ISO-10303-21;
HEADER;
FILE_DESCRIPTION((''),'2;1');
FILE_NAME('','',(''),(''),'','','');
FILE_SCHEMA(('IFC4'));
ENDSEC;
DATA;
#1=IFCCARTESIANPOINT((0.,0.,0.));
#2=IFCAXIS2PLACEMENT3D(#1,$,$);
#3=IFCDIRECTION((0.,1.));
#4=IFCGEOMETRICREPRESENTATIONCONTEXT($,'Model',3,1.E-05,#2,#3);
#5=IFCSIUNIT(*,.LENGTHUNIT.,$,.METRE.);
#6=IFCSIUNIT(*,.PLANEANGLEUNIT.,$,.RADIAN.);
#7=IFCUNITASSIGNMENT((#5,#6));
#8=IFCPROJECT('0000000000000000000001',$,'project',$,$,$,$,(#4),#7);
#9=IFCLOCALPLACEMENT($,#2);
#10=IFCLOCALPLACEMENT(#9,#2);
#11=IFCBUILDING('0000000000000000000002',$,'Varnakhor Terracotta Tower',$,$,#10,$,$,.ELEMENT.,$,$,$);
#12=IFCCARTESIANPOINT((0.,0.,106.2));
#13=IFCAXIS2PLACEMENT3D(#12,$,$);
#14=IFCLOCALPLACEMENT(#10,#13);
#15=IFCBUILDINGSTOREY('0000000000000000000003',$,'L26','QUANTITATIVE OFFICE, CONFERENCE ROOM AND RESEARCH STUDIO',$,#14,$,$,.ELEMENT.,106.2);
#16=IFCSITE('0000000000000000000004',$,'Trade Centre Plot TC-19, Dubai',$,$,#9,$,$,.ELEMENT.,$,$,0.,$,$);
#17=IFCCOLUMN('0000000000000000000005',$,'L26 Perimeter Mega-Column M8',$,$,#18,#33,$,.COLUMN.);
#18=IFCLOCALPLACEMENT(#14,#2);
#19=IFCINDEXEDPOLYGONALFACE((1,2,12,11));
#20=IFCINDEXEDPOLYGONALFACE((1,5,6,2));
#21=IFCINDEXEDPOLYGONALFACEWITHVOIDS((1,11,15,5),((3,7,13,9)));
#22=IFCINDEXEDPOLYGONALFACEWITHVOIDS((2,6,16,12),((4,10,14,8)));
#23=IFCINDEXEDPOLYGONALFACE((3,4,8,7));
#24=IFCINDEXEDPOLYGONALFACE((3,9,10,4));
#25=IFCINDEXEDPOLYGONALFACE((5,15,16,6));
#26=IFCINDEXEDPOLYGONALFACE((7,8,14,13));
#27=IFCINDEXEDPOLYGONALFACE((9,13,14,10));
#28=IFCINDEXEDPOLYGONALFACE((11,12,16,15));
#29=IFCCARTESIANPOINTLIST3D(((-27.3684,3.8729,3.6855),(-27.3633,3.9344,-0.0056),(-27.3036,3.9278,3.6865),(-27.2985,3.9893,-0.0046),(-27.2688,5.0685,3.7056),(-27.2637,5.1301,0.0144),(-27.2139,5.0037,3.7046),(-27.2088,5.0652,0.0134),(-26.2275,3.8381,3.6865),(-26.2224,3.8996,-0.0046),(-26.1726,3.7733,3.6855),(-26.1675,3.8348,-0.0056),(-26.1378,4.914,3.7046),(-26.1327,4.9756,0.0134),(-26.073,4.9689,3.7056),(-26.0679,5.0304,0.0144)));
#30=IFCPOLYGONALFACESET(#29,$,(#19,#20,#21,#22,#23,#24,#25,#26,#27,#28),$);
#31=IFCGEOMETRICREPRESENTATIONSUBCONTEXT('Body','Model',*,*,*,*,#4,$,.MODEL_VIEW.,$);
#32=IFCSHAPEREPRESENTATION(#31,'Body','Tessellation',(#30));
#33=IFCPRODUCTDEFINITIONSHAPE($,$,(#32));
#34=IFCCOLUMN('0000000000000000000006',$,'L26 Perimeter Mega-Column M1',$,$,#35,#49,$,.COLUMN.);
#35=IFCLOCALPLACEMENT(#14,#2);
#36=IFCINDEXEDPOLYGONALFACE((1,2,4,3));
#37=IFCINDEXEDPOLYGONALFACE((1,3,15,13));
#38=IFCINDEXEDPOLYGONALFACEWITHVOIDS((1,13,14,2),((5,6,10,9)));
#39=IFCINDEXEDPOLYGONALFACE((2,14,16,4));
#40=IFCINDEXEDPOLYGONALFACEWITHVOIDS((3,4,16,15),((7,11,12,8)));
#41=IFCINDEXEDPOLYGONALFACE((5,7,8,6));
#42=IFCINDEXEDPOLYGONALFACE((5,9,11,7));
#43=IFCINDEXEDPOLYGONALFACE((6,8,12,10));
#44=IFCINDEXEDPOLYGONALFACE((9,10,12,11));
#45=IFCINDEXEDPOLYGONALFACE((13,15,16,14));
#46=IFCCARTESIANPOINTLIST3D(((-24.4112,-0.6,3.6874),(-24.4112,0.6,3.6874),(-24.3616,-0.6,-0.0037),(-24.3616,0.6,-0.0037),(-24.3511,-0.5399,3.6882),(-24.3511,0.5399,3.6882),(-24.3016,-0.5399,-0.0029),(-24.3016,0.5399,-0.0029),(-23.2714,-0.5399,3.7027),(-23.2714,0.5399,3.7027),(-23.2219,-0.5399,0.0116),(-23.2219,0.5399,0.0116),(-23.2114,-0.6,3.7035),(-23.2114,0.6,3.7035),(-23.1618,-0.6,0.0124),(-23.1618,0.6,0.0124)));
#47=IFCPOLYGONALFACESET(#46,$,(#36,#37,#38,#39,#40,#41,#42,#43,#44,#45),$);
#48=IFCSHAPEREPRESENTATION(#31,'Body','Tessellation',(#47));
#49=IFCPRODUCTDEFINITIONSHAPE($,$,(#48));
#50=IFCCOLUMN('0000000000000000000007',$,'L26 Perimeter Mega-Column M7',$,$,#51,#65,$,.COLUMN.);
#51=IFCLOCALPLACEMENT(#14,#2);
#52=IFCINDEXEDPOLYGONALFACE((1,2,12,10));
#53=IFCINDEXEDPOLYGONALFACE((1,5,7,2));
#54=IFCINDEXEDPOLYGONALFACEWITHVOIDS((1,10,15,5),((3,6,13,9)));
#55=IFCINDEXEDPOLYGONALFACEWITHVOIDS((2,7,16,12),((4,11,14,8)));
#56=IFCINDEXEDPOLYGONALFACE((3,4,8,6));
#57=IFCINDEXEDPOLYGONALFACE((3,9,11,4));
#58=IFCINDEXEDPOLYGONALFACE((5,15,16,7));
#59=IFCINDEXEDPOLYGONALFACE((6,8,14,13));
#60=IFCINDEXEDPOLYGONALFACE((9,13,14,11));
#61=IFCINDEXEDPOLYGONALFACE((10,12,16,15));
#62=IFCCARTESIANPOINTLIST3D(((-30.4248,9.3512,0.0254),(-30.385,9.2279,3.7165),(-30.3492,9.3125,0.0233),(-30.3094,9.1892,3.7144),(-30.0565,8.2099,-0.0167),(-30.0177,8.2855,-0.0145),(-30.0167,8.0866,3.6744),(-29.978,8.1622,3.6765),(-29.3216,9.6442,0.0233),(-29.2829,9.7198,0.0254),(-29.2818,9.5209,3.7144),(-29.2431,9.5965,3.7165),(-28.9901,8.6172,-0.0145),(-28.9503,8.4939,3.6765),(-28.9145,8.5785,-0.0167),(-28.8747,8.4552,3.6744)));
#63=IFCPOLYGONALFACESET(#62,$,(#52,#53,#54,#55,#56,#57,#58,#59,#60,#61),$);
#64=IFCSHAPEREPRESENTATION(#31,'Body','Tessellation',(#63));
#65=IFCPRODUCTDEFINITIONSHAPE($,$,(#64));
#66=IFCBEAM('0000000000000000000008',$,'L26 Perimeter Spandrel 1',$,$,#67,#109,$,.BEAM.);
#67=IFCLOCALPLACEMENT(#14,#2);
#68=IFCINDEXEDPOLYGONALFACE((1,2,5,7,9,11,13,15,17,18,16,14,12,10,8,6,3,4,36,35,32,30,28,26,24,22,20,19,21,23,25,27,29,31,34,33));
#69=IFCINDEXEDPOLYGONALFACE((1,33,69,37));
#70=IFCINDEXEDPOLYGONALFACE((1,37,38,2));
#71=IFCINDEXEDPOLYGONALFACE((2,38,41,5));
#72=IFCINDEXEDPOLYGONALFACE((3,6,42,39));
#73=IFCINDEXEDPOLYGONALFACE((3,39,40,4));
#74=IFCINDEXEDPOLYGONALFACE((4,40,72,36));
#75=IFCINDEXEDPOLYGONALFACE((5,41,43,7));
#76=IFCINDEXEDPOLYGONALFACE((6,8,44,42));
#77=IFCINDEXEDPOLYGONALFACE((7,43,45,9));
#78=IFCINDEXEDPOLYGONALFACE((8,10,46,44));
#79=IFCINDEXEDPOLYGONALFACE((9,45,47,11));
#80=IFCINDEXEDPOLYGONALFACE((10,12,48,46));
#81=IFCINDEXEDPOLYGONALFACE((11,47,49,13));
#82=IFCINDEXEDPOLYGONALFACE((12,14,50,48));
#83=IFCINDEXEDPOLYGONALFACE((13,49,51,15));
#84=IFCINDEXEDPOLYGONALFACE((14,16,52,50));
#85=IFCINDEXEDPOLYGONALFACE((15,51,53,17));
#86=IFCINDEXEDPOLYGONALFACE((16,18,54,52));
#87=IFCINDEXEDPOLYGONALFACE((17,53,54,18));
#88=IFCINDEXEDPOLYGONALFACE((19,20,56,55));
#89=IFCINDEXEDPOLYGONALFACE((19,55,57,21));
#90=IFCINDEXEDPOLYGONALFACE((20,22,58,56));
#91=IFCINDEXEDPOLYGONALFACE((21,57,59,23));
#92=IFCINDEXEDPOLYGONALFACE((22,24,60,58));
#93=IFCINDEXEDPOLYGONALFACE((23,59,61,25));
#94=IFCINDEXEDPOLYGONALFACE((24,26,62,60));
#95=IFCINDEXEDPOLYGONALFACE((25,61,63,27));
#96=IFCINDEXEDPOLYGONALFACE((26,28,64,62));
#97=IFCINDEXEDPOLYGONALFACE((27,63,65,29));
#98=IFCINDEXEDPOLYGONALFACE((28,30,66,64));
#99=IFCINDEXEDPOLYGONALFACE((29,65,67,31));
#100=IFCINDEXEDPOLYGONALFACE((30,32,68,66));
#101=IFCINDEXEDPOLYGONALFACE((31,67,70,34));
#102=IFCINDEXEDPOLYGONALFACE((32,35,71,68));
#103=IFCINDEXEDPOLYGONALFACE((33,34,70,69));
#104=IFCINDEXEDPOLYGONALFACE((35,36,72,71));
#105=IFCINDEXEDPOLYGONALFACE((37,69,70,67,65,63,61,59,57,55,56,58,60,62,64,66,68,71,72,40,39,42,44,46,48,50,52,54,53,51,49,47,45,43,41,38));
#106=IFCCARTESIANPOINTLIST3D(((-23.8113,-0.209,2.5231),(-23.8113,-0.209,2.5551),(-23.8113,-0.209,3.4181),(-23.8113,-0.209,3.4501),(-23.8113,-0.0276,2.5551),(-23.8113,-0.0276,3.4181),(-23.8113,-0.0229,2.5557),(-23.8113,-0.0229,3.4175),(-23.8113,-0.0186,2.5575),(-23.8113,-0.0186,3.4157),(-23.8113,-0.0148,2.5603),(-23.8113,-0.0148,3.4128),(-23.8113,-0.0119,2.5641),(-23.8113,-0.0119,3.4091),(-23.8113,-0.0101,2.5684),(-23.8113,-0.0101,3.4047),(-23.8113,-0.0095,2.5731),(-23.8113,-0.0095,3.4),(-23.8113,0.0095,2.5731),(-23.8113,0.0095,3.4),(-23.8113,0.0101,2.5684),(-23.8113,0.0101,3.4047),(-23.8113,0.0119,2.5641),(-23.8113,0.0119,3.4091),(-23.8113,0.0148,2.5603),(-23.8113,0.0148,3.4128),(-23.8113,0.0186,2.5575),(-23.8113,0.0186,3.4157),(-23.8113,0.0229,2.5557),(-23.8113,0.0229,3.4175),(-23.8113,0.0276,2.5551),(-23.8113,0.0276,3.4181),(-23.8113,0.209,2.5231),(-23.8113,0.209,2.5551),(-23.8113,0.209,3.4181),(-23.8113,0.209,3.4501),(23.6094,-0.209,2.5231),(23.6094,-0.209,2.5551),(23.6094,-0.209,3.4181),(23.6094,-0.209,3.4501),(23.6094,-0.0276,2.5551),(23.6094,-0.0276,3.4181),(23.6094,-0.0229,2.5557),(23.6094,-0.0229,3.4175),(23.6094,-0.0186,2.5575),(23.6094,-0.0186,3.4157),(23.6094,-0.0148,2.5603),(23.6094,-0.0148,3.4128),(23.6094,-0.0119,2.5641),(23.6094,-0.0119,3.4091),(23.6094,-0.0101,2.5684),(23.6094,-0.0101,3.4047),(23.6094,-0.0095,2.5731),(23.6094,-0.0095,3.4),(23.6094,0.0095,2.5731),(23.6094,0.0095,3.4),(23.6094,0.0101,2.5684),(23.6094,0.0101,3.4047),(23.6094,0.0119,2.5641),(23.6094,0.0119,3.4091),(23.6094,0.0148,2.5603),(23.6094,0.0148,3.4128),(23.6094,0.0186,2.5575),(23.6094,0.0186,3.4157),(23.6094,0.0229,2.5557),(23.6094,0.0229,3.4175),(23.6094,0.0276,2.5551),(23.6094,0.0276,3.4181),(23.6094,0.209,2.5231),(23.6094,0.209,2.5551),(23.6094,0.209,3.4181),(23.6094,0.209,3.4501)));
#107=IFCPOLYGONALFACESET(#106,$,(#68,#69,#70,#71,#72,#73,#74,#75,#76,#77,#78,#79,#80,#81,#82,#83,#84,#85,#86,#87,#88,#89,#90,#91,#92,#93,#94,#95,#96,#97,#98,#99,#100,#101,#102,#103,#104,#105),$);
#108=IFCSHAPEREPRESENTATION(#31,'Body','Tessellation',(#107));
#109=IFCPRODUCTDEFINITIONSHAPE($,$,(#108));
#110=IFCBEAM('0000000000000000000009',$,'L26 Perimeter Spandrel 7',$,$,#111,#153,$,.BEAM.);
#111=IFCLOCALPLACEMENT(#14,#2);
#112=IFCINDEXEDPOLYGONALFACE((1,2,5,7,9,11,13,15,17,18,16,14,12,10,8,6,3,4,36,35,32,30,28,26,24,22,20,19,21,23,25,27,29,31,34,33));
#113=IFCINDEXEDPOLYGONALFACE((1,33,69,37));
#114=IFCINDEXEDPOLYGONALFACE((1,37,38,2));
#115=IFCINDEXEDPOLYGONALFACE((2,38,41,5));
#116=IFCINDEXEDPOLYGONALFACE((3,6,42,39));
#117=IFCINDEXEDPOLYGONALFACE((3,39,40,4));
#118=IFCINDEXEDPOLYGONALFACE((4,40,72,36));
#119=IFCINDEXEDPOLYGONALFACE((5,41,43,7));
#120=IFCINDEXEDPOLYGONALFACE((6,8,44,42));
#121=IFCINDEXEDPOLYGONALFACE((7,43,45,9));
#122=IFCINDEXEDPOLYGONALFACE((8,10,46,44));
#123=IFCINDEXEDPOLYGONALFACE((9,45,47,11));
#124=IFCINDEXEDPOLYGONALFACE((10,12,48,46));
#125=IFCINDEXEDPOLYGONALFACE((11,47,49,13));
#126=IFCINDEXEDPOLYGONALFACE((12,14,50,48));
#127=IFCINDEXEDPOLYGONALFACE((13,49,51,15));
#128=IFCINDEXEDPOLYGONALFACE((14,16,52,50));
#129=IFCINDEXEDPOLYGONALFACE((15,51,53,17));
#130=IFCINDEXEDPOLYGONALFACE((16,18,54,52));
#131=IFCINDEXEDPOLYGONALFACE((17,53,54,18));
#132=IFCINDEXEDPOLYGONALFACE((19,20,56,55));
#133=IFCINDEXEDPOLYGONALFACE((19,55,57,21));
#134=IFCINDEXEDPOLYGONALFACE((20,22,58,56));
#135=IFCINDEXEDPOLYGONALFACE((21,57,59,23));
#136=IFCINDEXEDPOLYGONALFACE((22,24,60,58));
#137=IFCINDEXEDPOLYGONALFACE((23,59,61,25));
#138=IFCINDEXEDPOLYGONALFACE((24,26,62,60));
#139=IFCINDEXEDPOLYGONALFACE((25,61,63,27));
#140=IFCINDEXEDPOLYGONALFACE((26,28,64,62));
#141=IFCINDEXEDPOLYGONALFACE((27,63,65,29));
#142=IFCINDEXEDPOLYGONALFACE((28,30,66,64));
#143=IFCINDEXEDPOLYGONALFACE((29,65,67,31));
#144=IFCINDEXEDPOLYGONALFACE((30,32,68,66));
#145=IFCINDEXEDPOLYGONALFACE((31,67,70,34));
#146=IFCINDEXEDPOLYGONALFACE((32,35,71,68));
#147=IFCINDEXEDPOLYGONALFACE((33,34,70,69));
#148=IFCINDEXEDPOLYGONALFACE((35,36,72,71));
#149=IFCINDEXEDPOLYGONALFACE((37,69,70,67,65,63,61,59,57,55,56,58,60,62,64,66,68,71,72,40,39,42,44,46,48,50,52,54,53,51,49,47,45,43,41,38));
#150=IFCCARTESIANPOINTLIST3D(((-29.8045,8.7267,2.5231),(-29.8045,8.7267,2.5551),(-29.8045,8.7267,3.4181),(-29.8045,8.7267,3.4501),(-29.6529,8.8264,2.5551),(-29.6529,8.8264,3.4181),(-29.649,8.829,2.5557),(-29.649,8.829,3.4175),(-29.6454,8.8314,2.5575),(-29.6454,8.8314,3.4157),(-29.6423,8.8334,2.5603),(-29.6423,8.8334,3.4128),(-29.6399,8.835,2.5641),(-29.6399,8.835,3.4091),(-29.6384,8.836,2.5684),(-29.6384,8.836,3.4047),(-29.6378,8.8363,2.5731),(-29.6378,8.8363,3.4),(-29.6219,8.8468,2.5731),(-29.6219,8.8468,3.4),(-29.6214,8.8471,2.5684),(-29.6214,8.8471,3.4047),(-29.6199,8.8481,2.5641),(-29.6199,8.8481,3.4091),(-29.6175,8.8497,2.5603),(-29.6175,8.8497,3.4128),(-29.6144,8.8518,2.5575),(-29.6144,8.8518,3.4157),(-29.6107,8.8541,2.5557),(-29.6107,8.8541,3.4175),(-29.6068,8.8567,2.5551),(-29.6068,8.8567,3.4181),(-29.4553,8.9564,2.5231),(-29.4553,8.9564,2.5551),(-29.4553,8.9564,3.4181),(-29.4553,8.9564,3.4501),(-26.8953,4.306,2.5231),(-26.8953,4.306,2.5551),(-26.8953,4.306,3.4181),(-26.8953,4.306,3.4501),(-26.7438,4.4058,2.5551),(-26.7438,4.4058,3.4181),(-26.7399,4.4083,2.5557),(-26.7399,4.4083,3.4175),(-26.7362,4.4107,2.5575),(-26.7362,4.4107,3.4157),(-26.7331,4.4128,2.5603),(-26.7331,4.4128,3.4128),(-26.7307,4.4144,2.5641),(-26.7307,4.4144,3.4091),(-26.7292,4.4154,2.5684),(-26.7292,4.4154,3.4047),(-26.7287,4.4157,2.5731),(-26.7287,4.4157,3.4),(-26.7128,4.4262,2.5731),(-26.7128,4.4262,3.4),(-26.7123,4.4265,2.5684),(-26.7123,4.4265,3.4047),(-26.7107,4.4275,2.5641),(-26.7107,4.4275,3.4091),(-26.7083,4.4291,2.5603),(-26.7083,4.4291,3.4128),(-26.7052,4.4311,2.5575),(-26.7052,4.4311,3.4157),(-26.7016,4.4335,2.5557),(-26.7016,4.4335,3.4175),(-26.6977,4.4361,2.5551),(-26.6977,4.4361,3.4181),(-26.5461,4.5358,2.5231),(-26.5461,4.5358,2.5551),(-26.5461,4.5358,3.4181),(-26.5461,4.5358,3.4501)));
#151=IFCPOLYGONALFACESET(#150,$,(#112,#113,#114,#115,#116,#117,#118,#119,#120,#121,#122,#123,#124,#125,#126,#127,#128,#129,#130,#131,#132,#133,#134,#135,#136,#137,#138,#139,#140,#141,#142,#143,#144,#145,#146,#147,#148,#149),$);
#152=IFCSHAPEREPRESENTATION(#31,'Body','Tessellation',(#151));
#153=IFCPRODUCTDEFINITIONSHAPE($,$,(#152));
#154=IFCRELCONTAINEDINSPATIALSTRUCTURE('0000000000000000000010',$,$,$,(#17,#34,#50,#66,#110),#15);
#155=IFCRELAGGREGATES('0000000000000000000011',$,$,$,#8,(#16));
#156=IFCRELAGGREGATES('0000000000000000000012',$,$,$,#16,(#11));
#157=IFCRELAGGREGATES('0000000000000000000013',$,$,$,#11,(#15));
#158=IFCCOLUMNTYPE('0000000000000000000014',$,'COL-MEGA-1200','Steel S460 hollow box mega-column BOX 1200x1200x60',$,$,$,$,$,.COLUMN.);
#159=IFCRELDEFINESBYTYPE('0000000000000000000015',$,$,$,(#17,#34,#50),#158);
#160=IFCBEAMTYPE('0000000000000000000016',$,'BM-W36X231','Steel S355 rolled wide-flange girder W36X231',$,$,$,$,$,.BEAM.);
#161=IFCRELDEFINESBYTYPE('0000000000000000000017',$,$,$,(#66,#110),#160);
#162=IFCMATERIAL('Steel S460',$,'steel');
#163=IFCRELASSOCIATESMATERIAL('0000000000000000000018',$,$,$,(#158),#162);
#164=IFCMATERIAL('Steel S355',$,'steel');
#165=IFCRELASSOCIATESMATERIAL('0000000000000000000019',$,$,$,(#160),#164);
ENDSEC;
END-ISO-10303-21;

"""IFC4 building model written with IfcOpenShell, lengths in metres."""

from ifc_helpers import new_model, si_unit, direction, frame, origin, origin_2d, place, context, subcontext, project, spatial, hollow_rectangle, i_section, extrude, source, transform, mapped, material, material_profile, profile_set, type_object, type_shapes, element, save


model = new_model("IFC4")

# Units and contexts
model_context = context("Model", 3, precision=1e-05, world=origin(), true_north=direction((0.0, 1.0)))
body_context = subcontext(model_context, "Body", "Model", "MODEL_VIEW")
ifc_project = project(units=[si_unit("LENGTHUNIT", "METRE"), si_unit("PLANEANGLEUNIT", "RADIAN")], contexts=[model_context])

# Site, building, storey
site_placement = place(None, origin())
site = spatial("IfcSite", under=ifc_project, at=site_placement, Name="Trade Centre Plot TC-19, Dubai", CompositionType="ELEMENT", RefElevation=0.0)
building_placement = place(site_placement, origin())
building = spatial("IfcBuilding", under=site, at=building_placement, Name="Varnakhor Terracotta Tower", CompositionType="ELEMENT")
storey_placement = place(building_placement, frame((0.0, 0.0, 106.2)))
storey = spatial("IfcBuildingStorey", under=building, at=storey_placement, Name="L26", Description="QUANTITATIVE OFFICE, CONFERENCE ROOM AND RESEARCH STUDIO", CompositionType="ELEMENT", Elevation=106.2)

# Columns
ifc_material_1 = material(Name="Steel S460", Category="steel")
ifc_material_profile_1 = material_profile(ifc_material_1, hollow_rectangle(XDim=1.2, YDim=1.2, WallThickness=0.0601, at=origin_2d()), Name="BOX 1200x1200x60")
ifc_profile_set_1 = profile_set([ifc_material_profile_1], Name="Steel S460")
column_type = type_object("IfcColumnType", Name="COL-MEGA-1200", Description="Steel S460 hollow box mega-column BOX 1200x1200x60", PredefinedType="COLUMN", material=ifc_profile_set_1)
shared_shape_1 = source(origin(), body_context, "Body", "SweptSolid", [
    extrude(hollow_rectangle(XDim=1.2, YDim=1.2, WallThickness=0.0601, at=origin_2d()), origin(), (0.0, 0.0, 1.0), 3.6917),
])
type_shapes(column_type, [shared_shape_1])
column_1_placement = place(storey_placement, frame((-26.7156, 4.4824, 0.0044), z_axis=(-0.001389, -0.016665, 0.99986), x_axis=(0.996546, -0.083045, 0.0)))
element("IfcColumn", 1, at=column_1_placement, inside=storey, type_object=column_type, Name="L26 Perimeter Mega-Column M8", PredefinedType="COLUMN", context=body_context, shape_type="MappedRepresentation", body=[
    mapped(shared_shape_1, transform((0.0, 0.0, 0.0), scale=1.0)),
])
shared_shape_2 = source(origin(), body_context, "Body", "SweptSolid", [
    extrude(hollow_rectangle(XDim=1.2, YDim=1.2, WallThickness=0.0601, at=origin_2d()), origin(), (0.0, 0.0, 1.0), 3.6914),
])
column_2_placement = place(storey_placement, frame((-23.7617, 0.0, 0.0044), z_axis=(-0.013426, 0.0, 0.99991), x_axis=(0.0, -1.0, 0.0)))
element("IfcColumn", 2, at=column_2_placement, inside=storey, type_object=column_type, Name="L26 Perimeter Mega-Column M1", PredefinedType="COLUMN", context=body_context, shape_type="MappedRepresentation", body=[
    mapped(shared_shape_2, transform((0.0, 0.0, 0.0), scale=1.0)),
])
shared_shape_3 = source(origin(), body_context, "Body", "SweptSolid", [
    extrude(hollow_rectangle(XDim=1.2, YDim=1.2, WallThickness=0.0601, at=origin_2d()), origin(), (0.0, 0.0, 1.0), 3.6934),
])
column_3_placement = place(storey_placement, frame((-29.6697, 8.9648, 0.0044), z_axis=(0.010775, -0.033381, 0.999385), x_axis=(0.951655, 0.307168, 0.0)))
element("IfcColumn", 3, at=column_3_placement, inside=storey, type_object=column_type, Name="L26 Perimeter Mega-Column M7", PredefinedType="COLUMN", context=body_context, shape_type="MappedRepresentation", body=[
    mapped(shared_shape_3, transform((0.0, 0.0, 0.0), scale=1.0)),
])

# Beams
ifc_material_2 = material(Name="Steel S355", Category="steel")
ifc_material_profile_2 = material_profile(ifc_material_2, i_section(OverallWidth=0.418, OverallDepth=0.927, WebThickness=0.019, FlangeThickness=0.032, FilletRadius=0.0181, at=origin_2d()), Name="W36X231")
ifc_profile_set_2 = profile_set([ifc_material_profile_2], Name="Steel S355")
beam_type_1 = type_object("IfcBeamType", Name="BM-W36X231", Description="Steel S355 rolled wide-flange girder W36X231", PredefinedType="BEAM", material=ifc_profile_set_2)
shared_shape_4 = source(origin(), body_context, "Body", "SweptSolid", [
    extrude(i_section(OverallWidth=0.418, OverallDepth=0.927, WebThickness=0.019, FlangeThickness=0.032, FilletRadius=0.0181, at=origin_2d()), origin(), (0.0, 0.0, 1.0), 47.4207),
])
beam_1_placement = place(storey_placement, frame((-23.8113, 0.0, 2.9866), z_axis=(1.0, 0.0, 0.0), x_axis=(0.0, 1.0, 0.0)))
element("IfcBeam", 4, at=beam_1_placement, inside=storey, type_object=beam_type_1, Name="L26 Perimeter Spandrel 1", PredefinedType="BEAM", context=body_context, shape_type="MappedRepresentation", body=[
    mapped(shared_shape_4, transform((0.0, 0.0, 0.0), scale=1.0)),
])
shared_shape_5 = source(origin(), body_context, "Body", "SweptSolid", [
    extrude(i_section(OverallWidth=0.418, OverallDepth=0.927, WebThickness=0.019, FlangeThickness=0.032, FilletRadius=0.0181, at=origin_2d()), origin(), (0.0, 0.0, 1.0), 5.292),
])
beam_2_placement = place(storey_placement, frame((-29.6299, 8.8416, 2.9866), z_axis=(0.549729, -0.835343, 0.0), x_axis=(0.835343, 0.549729, 0.0)))
element("IfcBeam", 5, at=beam_2_placement, inside=storey, type_object=beam_type_1, Name="L26 Perimeter Spandrel 7", PredefinedType="BEAM", context=body_context, shape_type="MappedRepresentation", body=[
    mapped(shared_shape_5, transform((0.0, 0.0, 0.0), scale=1.0)),
])

save(model, "model.ifc")
